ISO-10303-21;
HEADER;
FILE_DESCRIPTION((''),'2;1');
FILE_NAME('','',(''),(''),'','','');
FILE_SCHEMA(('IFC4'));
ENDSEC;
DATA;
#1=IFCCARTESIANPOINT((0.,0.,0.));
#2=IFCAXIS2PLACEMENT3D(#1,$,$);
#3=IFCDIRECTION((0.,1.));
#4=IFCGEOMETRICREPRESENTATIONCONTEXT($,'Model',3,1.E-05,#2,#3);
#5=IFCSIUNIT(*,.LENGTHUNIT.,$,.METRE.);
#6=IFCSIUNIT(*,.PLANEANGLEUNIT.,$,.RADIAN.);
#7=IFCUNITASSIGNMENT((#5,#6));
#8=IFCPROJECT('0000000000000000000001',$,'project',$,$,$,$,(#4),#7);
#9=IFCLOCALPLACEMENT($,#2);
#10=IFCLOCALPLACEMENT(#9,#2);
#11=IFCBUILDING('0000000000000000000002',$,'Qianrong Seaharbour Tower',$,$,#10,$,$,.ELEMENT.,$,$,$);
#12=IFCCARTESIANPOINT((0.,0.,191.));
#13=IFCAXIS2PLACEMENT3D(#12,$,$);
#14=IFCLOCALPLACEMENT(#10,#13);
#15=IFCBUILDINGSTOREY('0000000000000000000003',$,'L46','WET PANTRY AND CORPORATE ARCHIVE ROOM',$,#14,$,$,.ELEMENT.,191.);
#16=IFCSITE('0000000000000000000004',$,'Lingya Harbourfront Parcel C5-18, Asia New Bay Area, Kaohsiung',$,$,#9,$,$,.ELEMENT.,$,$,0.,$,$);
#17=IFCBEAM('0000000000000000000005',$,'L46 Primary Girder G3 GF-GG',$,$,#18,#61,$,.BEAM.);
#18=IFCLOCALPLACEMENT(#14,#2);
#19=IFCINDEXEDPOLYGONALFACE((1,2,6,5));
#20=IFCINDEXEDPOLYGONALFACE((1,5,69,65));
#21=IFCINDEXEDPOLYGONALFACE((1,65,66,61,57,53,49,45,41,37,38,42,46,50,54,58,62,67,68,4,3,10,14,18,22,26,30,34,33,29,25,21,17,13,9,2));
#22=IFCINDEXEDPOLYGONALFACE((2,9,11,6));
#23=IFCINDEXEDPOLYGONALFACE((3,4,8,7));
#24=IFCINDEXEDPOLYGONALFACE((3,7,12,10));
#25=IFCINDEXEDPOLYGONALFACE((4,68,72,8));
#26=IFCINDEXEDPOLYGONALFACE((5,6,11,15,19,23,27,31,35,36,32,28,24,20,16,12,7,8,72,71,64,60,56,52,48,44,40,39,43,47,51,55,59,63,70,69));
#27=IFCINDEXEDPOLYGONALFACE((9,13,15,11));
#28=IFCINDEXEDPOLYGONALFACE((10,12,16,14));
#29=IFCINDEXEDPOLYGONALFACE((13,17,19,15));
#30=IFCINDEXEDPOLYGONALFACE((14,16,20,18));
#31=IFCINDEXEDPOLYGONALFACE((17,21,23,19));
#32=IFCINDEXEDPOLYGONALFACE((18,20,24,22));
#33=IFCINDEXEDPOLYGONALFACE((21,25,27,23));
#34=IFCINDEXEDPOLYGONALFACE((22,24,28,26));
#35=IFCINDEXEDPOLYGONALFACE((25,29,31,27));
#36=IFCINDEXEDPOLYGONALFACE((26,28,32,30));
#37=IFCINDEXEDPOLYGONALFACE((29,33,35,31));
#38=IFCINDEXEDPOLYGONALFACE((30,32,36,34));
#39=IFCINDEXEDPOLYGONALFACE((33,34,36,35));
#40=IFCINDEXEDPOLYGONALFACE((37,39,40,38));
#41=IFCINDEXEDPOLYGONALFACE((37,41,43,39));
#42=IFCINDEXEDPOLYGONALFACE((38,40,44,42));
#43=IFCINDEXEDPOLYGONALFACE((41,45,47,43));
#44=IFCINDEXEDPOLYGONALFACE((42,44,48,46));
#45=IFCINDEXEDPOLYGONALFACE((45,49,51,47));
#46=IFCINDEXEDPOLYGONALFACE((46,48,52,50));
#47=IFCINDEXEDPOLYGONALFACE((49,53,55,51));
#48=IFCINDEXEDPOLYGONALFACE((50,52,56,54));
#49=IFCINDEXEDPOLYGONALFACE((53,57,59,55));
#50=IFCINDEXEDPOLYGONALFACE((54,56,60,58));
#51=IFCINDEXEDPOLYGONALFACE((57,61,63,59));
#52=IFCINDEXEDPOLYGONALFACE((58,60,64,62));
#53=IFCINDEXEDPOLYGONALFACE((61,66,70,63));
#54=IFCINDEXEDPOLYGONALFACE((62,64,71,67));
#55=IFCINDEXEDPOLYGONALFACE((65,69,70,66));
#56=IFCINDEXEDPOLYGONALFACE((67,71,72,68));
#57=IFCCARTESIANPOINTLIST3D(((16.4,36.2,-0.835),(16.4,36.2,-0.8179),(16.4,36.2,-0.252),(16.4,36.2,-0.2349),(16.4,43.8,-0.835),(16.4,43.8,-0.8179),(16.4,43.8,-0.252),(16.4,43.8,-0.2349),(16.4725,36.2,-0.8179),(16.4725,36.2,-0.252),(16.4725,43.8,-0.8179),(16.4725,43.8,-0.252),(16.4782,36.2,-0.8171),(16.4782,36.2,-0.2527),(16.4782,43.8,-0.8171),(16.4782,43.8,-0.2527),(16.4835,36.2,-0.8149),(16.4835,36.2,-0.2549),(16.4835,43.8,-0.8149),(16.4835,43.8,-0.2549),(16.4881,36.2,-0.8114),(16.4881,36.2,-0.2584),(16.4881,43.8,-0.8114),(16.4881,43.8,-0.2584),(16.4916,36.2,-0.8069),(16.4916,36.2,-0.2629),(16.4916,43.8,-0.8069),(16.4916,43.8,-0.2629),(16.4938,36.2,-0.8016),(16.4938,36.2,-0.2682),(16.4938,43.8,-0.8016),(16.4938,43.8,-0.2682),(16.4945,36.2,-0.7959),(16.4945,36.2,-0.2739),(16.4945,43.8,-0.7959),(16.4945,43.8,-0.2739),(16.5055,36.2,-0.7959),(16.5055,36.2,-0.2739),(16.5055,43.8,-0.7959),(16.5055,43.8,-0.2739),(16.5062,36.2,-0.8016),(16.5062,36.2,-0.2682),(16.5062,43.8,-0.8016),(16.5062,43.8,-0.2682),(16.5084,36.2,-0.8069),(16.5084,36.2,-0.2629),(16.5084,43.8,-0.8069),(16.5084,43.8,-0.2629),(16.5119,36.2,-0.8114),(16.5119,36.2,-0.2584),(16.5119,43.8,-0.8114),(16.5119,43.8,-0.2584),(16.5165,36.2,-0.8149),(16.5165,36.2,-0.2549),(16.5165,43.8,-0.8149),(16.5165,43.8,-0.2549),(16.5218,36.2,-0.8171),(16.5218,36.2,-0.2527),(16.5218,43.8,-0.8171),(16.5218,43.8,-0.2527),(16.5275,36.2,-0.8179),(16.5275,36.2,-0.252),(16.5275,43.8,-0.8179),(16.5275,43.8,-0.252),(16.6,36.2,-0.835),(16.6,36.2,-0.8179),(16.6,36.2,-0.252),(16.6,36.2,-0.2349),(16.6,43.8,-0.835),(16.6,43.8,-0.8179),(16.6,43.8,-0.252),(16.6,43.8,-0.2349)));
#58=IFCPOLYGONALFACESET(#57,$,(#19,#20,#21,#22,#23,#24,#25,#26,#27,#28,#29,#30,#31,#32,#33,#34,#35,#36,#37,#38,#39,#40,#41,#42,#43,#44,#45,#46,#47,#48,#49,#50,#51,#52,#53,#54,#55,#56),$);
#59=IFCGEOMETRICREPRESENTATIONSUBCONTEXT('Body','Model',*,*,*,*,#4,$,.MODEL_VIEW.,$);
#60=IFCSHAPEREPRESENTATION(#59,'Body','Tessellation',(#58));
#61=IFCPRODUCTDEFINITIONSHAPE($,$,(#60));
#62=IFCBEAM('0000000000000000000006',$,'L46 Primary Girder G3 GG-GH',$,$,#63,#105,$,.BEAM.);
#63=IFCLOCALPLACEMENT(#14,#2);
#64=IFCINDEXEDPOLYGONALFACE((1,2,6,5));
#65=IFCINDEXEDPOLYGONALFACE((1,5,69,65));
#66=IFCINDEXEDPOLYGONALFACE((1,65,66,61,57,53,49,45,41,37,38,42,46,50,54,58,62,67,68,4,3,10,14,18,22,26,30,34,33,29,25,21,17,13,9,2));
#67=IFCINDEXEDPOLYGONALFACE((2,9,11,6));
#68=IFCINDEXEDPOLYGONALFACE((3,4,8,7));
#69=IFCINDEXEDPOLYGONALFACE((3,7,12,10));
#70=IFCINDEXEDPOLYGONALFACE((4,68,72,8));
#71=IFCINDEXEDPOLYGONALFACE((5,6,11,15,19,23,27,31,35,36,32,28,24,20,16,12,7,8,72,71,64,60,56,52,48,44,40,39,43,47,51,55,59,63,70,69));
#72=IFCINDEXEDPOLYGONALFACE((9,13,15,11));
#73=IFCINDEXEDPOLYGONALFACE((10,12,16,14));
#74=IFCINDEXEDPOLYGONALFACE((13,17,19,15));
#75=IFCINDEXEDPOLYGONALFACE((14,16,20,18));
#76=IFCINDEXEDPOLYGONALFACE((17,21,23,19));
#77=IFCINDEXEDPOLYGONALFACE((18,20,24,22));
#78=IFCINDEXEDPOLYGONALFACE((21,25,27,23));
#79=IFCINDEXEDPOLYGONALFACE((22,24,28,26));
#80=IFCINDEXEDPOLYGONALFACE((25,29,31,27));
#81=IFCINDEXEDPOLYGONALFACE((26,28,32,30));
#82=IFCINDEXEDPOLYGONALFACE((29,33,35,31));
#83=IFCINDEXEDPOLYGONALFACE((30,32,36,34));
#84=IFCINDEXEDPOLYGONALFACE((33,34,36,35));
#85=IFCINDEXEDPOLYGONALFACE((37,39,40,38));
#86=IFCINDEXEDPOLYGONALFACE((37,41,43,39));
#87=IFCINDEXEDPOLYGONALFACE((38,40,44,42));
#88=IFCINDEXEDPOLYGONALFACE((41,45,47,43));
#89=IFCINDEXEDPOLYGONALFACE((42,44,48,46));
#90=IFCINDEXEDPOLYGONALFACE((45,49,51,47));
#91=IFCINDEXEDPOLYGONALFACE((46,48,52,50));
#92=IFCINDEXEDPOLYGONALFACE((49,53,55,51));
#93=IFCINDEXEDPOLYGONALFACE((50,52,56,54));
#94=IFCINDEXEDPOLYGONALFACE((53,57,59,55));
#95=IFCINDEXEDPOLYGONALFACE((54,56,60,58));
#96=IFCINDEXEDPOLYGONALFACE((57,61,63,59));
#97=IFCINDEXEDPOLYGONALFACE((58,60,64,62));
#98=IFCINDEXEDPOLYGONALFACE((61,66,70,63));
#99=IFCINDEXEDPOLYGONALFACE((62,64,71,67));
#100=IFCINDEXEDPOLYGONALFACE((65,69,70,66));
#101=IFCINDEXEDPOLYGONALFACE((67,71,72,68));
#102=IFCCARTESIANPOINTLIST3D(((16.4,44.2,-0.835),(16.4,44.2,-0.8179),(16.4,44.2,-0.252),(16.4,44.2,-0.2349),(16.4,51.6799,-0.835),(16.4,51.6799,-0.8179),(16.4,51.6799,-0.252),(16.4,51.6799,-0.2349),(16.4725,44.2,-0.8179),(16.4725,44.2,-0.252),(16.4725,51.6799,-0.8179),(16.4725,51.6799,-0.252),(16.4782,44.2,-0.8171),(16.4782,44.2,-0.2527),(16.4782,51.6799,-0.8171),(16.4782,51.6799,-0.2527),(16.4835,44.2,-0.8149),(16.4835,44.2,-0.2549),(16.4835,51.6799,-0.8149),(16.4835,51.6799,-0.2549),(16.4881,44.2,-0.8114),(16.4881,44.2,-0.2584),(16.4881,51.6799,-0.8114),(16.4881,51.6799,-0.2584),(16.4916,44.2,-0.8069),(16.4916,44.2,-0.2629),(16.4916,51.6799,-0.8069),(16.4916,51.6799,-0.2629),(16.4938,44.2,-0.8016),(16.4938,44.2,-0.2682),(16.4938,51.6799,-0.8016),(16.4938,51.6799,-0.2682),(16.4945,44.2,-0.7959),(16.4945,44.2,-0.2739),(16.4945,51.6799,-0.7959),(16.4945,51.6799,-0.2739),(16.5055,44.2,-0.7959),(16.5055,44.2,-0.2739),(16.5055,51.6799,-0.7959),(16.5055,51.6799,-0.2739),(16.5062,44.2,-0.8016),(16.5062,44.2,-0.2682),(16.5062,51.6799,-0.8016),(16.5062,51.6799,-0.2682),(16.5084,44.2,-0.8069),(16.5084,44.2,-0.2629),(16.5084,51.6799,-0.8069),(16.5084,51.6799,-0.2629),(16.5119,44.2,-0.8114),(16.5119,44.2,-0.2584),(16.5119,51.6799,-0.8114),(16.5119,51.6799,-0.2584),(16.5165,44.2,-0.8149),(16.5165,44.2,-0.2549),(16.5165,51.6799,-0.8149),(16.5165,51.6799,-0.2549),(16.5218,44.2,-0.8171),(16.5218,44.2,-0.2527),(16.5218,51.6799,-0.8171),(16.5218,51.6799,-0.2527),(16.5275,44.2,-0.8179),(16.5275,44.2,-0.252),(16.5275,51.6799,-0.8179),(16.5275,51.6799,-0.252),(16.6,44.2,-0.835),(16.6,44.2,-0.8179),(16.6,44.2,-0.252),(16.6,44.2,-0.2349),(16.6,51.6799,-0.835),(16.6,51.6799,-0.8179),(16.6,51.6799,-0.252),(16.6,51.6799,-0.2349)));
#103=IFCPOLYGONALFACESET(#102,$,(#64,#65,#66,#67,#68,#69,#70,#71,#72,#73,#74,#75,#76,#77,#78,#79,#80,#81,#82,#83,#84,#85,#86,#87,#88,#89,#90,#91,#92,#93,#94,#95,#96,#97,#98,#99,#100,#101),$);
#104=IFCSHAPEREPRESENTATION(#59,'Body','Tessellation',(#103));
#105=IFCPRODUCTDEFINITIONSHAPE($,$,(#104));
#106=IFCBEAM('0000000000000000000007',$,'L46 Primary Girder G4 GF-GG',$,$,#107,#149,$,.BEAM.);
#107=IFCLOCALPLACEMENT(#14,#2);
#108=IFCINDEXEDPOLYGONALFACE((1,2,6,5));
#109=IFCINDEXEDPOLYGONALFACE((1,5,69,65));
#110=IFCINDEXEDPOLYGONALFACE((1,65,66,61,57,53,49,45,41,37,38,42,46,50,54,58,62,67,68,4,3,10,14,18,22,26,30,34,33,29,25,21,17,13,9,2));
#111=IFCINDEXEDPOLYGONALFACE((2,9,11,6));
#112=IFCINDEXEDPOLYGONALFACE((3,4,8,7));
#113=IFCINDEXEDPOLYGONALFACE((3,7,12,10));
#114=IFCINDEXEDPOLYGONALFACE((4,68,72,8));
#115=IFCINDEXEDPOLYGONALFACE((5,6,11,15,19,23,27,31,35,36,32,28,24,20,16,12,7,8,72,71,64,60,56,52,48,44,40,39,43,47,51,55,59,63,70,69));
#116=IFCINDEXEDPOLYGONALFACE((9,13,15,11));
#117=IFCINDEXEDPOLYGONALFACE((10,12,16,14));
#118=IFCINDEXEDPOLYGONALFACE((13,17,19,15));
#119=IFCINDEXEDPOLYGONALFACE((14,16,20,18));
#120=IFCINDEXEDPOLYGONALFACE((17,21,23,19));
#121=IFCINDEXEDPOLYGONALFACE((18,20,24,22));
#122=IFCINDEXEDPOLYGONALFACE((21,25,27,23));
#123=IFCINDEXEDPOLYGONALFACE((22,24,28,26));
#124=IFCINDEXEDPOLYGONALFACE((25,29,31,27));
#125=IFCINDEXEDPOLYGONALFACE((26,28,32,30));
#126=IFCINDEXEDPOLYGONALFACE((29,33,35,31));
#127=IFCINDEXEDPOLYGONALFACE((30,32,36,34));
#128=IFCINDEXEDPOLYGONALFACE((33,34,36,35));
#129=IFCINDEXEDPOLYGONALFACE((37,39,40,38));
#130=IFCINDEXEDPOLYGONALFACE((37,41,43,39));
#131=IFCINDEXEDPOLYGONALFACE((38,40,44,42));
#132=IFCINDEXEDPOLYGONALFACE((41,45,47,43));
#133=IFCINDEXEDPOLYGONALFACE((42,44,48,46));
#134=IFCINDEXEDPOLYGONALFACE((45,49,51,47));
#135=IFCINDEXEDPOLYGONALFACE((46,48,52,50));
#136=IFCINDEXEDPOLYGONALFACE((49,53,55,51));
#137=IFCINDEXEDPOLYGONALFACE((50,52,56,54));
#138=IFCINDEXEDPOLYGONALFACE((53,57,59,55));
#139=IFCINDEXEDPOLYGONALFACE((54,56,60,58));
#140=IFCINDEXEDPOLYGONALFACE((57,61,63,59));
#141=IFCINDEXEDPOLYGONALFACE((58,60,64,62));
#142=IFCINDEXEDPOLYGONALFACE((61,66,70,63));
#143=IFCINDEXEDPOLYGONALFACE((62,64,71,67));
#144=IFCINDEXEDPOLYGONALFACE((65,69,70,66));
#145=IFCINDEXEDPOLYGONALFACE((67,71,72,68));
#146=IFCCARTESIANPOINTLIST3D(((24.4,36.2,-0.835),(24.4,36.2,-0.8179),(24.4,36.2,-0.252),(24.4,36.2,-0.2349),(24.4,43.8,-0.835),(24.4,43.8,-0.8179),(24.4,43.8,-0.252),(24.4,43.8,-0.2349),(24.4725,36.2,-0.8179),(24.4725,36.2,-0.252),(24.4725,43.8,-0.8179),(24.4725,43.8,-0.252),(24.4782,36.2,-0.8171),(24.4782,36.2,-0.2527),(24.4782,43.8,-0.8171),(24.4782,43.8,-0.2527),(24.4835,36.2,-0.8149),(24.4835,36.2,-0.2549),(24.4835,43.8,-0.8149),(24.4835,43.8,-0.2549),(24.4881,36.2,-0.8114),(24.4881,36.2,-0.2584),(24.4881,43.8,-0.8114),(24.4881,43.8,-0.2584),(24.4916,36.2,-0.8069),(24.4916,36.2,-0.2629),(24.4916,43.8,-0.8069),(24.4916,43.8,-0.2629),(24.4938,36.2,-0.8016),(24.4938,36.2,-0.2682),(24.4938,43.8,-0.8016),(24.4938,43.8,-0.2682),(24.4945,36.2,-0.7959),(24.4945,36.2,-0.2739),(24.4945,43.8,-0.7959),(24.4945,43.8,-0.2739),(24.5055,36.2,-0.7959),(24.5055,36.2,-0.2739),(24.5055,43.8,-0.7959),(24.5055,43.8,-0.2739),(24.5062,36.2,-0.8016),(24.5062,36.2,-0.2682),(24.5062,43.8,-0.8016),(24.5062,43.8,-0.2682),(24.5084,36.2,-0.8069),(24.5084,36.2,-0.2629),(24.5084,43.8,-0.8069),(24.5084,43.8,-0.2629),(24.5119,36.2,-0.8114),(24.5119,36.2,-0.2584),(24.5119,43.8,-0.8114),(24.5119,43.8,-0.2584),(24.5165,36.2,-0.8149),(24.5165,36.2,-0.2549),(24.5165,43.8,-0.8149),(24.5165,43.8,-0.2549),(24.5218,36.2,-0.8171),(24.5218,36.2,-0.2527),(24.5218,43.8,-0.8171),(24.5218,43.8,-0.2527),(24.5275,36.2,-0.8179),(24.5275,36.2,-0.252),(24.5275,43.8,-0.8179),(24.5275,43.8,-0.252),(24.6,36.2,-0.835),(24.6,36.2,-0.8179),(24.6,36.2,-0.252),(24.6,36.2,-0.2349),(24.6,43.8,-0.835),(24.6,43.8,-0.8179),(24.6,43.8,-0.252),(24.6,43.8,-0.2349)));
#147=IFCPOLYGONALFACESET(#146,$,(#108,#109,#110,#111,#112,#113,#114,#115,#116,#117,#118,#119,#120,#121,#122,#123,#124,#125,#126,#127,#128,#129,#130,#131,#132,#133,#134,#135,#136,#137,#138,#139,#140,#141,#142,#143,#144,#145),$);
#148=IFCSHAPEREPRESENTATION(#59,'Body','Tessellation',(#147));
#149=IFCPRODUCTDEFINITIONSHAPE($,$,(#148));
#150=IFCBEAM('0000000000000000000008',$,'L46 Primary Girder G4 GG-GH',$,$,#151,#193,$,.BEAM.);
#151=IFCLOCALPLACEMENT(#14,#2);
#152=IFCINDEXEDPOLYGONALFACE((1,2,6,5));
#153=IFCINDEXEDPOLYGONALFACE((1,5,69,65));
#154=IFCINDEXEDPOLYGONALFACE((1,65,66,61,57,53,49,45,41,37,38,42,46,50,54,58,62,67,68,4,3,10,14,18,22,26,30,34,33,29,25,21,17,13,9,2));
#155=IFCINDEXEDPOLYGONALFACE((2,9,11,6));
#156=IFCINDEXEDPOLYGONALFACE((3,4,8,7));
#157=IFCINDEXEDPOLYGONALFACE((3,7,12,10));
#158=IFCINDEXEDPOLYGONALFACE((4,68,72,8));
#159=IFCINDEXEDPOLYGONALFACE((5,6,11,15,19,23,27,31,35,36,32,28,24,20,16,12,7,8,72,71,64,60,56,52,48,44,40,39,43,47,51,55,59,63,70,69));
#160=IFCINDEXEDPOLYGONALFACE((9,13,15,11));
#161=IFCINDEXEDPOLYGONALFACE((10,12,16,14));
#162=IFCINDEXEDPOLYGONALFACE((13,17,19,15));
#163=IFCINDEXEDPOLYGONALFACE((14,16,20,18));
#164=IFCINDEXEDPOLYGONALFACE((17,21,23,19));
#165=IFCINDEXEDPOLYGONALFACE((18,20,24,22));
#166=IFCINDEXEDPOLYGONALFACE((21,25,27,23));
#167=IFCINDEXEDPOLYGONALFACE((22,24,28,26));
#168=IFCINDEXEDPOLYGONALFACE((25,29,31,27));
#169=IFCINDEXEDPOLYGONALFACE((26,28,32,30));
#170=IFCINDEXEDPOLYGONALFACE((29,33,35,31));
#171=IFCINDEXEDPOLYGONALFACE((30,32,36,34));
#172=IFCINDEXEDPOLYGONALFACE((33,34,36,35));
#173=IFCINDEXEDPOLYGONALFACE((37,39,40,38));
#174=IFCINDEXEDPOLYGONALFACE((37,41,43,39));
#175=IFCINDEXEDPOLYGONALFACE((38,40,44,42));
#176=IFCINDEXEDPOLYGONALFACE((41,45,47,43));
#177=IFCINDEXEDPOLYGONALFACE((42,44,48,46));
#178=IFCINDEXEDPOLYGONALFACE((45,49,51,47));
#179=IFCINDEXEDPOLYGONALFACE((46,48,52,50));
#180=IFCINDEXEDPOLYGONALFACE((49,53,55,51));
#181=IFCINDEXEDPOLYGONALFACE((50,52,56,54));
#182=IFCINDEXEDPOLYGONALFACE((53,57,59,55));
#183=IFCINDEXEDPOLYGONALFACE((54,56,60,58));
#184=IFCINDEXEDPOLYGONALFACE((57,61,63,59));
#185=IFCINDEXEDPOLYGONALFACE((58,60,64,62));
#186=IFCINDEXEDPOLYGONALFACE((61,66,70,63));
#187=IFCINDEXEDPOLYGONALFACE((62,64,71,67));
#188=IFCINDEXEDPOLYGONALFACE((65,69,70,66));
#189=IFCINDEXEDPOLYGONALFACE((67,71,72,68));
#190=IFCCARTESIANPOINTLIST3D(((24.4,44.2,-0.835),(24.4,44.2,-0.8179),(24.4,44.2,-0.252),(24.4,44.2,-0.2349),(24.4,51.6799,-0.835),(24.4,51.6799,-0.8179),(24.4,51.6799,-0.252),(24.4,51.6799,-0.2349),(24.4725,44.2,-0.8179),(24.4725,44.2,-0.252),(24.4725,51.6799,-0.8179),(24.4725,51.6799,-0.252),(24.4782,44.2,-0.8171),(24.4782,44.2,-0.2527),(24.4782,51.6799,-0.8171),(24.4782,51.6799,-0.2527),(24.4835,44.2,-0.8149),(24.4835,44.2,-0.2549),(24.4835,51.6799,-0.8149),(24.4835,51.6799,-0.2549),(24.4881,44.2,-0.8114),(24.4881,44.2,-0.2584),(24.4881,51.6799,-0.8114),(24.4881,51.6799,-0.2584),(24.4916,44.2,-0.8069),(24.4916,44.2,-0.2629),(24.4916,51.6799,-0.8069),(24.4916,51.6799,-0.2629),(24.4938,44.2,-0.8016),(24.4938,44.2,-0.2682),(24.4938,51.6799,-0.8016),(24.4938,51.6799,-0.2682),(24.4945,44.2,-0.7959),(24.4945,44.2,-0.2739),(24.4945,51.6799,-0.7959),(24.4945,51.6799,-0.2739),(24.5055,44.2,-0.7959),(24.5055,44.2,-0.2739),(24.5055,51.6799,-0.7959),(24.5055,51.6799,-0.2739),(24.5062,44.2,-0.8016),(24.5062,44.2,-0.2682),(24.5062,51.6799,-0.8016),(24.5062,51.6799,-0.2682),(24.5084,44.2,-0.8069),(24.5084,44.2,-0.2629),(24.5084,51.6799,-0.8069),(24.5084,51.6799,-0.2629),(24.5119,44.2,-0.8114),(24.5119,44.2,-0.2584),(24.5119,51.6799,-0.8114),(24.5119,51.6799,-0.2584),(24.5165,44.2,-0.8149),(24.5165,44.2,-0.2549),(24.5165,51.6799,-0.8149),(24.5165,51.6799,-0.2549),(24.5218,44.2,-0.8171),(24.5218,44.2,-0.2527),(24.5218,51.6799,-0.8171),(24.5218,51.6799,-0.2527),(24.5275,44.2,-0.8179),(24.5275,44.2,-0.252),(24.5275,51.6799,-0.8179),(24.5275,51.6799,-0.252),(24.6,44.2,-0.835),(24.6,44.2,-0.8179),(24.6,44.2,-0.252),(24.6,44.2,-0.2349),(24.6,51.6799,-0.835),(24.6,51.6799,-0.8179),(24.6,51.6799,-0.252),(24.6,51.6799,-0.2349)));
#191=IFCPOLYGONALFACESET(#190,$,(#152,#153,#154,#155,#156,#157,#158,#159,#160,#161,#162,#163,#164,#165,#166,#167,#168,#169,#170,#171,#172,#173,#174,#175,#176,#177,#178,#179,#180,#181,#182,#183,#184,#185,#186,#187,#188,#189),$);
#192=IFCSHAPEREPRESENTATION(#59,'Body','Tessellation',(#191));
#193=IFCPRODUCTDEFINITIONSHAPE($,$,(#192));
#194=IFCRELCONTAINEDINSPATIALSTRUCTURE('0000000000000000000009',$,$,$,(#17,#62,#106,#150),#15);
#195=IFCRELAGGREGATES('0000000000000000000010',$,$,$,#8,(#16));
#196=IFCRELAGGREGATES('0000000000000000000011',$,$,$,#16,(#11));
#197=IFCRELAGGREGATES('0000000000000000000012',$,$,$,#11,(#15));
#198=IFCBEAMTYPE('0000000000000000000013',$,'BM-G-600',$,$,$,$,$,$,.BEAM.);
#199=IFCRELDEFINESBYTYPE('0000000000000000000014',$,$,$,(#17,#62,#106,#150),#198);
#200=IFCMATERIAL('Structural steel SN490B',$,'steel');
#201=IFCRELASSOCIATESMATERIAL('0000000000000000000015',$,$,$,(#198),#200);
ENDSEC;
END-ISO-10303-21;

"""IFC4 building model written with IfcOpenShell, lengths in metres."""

from ifc_helpers import new_model, si_unit, direction, frame, origin, origin_2d, place, context, subcontext, project, spatial, i_section, extrude, material, material_profile, profile_set, type_object, element, save


model = new_model("IFC4")

# Units and contexts
model_context = context("Model", 3, precision=1e-05, world=origin(), true_north=direction((0.0, 1.0)))
body_context = subcontext(model_context, "Body", "Model", "MODEL_VIEW")
ifc_project = project(units=[si_unit("LENGTHUNIT", "METRE"), si_unit("PLANEANGLEUNIT", "RADIAN")], contexts=[model_context])

# Site, building, storey
site_placement = place(None, origin())
site = spatial("IfcSite", under=ifc_project, at=site_placement, Name="Lingya Harbourfront Parcel C5-18, Asia New Bay Area, Kaohsiung", CompositionType="ELEMENT", RefElevation=0.0)
building_placement = place(site_placement, origin())
building = spatial("IfcBuilding", under=site, at=building_placement, Name="Qianrong Seaharbour Tower", CompositionType="ELEMENT")
storey_placement = place(building_placement, frame((0.0, 0.0, 191.0)))
storey = spatial("IfcBuildingStorey", under=building, at=storey_placement, Name="L46", Description="WET PANTRY AND CORPORATE ARCHIVE ROOM", CompositionType="ELEMENT", Elevation=191.0)

# Shared definitions
ifc_material_1 = material(Name="Structural steel SN490B", Category="steel")

# Beams
ifc_material_profile_1 = material_profile(ifc_material_1, i_section(OverallWidth=0.2, OverallDepth=0.6001, WebThickness=0.011, FlangeThickness=0.0171, FilletRadius=0.022, at=origin_2d()), Name="H600x200x11x17")
ifc_profile_set_1 = profile_set([ifc_material_profile_1], Name="Structural steel SN490B")
beam_type_1 = type_object("IfcBeamType", Name="BM-G-600", PredefinedType="BEAM", material=ifc_profile_set_1)
for number, where, z_axis, x_axis, name in (
    (1, (16.5, 36.2, -0.5349), (0.0, 1.0, 0.0), (-1.0, 0.0, 0.0), "L46 Primary Girder G3 GF-GG"),
):
    element("IfcBeam", number, at=place(storey_placement, frame(where, z_axis=z_axis, x_axis=x_axis)), inside=storey, type_object=beam_type_1, Name=name, PredefinedType="BEAM", context=body_context, shape_type="SweptSolid", body=[
        extrude(i_section(OverallWidth=0.2, OverallDepth=0.6001, WebThickness=0.011, FlangeThickness=0.0171, FilletRadius=0.022, at=origin_2d()), origin(), (0.0, 0.0, 1.0), 7.6001),
    ])
beam_1_placement = place(storey_placement, frame((16.5, 44.2, -0.5349), z_axis=(0.0, 1.0, 0.0), x_axis=(-1.0, 0.0, 0.0)))
element("IfcBeam", 2, at=beam_1_placement, inside=storey, type_object=beam_type_1, Name="L46 Primary Girder G3 GG-GH", PredefinedType="BEAM", context=body_context, shape_type="SweptSolid", body=[
    extrude(i_section(OverallWidth=0.2, OverallDepth=0.6001, WebThickness=0.011, FlangeThickness=0.0171, FilletRadius=0.022, at=origin_2d()), origin(), (0.0, 0.0, 1.0), 7.48),
])
beam_2_placement = place(storey_placement, frame((24.5, 36.2, -0.5349), z_axis=(0.0, 1.0, 0.0), x_axis=(-1.0, 0.0, 0.0)))
element("IfcBeam", 3, at=beam_2_placement, inside=storey, type_object=beam_type_1, Name="L46 Primary Girder G4 GF-GG", PredefinedType="BEAM", context=body_context, shape_type="SweptSolid", body=[
    extrude(i_section(OverallWidth=0.2, OverallDepth=0.6001, WebThickness=0.011, FlangeThickness=0.0171, FilletRadius=0.022, at=origin_2d()), origin(), (0.0, 0.0, 1.0), 7.6001),
])
beam_3_placement = place(storey_placement, frame((24.5, 44.2, -0.5349), z_axis=(0.0, 1.0, 0.0), x_axis=(-1.0, 0.0, 0.0)))
element("IfcBeam", 4, at=beam_3_placement, inside=storey, type_object=beam_type_1, Name="L46 Primary Girder G4 GG-GH", PredefinedType="BEAM", context=body_context, shape_type="SweptSolid", body=[
    extrude(i_section(OverallWidth=0.2, OverallDepth=0.6001, WebThickness=0.011, FlangeThickness=0.0171, FilletRadius=0.022, at=origin_2d()), origin(), (0.0, 0.0, 1.0), 7.48),
])

save(model, "model.ifc")
